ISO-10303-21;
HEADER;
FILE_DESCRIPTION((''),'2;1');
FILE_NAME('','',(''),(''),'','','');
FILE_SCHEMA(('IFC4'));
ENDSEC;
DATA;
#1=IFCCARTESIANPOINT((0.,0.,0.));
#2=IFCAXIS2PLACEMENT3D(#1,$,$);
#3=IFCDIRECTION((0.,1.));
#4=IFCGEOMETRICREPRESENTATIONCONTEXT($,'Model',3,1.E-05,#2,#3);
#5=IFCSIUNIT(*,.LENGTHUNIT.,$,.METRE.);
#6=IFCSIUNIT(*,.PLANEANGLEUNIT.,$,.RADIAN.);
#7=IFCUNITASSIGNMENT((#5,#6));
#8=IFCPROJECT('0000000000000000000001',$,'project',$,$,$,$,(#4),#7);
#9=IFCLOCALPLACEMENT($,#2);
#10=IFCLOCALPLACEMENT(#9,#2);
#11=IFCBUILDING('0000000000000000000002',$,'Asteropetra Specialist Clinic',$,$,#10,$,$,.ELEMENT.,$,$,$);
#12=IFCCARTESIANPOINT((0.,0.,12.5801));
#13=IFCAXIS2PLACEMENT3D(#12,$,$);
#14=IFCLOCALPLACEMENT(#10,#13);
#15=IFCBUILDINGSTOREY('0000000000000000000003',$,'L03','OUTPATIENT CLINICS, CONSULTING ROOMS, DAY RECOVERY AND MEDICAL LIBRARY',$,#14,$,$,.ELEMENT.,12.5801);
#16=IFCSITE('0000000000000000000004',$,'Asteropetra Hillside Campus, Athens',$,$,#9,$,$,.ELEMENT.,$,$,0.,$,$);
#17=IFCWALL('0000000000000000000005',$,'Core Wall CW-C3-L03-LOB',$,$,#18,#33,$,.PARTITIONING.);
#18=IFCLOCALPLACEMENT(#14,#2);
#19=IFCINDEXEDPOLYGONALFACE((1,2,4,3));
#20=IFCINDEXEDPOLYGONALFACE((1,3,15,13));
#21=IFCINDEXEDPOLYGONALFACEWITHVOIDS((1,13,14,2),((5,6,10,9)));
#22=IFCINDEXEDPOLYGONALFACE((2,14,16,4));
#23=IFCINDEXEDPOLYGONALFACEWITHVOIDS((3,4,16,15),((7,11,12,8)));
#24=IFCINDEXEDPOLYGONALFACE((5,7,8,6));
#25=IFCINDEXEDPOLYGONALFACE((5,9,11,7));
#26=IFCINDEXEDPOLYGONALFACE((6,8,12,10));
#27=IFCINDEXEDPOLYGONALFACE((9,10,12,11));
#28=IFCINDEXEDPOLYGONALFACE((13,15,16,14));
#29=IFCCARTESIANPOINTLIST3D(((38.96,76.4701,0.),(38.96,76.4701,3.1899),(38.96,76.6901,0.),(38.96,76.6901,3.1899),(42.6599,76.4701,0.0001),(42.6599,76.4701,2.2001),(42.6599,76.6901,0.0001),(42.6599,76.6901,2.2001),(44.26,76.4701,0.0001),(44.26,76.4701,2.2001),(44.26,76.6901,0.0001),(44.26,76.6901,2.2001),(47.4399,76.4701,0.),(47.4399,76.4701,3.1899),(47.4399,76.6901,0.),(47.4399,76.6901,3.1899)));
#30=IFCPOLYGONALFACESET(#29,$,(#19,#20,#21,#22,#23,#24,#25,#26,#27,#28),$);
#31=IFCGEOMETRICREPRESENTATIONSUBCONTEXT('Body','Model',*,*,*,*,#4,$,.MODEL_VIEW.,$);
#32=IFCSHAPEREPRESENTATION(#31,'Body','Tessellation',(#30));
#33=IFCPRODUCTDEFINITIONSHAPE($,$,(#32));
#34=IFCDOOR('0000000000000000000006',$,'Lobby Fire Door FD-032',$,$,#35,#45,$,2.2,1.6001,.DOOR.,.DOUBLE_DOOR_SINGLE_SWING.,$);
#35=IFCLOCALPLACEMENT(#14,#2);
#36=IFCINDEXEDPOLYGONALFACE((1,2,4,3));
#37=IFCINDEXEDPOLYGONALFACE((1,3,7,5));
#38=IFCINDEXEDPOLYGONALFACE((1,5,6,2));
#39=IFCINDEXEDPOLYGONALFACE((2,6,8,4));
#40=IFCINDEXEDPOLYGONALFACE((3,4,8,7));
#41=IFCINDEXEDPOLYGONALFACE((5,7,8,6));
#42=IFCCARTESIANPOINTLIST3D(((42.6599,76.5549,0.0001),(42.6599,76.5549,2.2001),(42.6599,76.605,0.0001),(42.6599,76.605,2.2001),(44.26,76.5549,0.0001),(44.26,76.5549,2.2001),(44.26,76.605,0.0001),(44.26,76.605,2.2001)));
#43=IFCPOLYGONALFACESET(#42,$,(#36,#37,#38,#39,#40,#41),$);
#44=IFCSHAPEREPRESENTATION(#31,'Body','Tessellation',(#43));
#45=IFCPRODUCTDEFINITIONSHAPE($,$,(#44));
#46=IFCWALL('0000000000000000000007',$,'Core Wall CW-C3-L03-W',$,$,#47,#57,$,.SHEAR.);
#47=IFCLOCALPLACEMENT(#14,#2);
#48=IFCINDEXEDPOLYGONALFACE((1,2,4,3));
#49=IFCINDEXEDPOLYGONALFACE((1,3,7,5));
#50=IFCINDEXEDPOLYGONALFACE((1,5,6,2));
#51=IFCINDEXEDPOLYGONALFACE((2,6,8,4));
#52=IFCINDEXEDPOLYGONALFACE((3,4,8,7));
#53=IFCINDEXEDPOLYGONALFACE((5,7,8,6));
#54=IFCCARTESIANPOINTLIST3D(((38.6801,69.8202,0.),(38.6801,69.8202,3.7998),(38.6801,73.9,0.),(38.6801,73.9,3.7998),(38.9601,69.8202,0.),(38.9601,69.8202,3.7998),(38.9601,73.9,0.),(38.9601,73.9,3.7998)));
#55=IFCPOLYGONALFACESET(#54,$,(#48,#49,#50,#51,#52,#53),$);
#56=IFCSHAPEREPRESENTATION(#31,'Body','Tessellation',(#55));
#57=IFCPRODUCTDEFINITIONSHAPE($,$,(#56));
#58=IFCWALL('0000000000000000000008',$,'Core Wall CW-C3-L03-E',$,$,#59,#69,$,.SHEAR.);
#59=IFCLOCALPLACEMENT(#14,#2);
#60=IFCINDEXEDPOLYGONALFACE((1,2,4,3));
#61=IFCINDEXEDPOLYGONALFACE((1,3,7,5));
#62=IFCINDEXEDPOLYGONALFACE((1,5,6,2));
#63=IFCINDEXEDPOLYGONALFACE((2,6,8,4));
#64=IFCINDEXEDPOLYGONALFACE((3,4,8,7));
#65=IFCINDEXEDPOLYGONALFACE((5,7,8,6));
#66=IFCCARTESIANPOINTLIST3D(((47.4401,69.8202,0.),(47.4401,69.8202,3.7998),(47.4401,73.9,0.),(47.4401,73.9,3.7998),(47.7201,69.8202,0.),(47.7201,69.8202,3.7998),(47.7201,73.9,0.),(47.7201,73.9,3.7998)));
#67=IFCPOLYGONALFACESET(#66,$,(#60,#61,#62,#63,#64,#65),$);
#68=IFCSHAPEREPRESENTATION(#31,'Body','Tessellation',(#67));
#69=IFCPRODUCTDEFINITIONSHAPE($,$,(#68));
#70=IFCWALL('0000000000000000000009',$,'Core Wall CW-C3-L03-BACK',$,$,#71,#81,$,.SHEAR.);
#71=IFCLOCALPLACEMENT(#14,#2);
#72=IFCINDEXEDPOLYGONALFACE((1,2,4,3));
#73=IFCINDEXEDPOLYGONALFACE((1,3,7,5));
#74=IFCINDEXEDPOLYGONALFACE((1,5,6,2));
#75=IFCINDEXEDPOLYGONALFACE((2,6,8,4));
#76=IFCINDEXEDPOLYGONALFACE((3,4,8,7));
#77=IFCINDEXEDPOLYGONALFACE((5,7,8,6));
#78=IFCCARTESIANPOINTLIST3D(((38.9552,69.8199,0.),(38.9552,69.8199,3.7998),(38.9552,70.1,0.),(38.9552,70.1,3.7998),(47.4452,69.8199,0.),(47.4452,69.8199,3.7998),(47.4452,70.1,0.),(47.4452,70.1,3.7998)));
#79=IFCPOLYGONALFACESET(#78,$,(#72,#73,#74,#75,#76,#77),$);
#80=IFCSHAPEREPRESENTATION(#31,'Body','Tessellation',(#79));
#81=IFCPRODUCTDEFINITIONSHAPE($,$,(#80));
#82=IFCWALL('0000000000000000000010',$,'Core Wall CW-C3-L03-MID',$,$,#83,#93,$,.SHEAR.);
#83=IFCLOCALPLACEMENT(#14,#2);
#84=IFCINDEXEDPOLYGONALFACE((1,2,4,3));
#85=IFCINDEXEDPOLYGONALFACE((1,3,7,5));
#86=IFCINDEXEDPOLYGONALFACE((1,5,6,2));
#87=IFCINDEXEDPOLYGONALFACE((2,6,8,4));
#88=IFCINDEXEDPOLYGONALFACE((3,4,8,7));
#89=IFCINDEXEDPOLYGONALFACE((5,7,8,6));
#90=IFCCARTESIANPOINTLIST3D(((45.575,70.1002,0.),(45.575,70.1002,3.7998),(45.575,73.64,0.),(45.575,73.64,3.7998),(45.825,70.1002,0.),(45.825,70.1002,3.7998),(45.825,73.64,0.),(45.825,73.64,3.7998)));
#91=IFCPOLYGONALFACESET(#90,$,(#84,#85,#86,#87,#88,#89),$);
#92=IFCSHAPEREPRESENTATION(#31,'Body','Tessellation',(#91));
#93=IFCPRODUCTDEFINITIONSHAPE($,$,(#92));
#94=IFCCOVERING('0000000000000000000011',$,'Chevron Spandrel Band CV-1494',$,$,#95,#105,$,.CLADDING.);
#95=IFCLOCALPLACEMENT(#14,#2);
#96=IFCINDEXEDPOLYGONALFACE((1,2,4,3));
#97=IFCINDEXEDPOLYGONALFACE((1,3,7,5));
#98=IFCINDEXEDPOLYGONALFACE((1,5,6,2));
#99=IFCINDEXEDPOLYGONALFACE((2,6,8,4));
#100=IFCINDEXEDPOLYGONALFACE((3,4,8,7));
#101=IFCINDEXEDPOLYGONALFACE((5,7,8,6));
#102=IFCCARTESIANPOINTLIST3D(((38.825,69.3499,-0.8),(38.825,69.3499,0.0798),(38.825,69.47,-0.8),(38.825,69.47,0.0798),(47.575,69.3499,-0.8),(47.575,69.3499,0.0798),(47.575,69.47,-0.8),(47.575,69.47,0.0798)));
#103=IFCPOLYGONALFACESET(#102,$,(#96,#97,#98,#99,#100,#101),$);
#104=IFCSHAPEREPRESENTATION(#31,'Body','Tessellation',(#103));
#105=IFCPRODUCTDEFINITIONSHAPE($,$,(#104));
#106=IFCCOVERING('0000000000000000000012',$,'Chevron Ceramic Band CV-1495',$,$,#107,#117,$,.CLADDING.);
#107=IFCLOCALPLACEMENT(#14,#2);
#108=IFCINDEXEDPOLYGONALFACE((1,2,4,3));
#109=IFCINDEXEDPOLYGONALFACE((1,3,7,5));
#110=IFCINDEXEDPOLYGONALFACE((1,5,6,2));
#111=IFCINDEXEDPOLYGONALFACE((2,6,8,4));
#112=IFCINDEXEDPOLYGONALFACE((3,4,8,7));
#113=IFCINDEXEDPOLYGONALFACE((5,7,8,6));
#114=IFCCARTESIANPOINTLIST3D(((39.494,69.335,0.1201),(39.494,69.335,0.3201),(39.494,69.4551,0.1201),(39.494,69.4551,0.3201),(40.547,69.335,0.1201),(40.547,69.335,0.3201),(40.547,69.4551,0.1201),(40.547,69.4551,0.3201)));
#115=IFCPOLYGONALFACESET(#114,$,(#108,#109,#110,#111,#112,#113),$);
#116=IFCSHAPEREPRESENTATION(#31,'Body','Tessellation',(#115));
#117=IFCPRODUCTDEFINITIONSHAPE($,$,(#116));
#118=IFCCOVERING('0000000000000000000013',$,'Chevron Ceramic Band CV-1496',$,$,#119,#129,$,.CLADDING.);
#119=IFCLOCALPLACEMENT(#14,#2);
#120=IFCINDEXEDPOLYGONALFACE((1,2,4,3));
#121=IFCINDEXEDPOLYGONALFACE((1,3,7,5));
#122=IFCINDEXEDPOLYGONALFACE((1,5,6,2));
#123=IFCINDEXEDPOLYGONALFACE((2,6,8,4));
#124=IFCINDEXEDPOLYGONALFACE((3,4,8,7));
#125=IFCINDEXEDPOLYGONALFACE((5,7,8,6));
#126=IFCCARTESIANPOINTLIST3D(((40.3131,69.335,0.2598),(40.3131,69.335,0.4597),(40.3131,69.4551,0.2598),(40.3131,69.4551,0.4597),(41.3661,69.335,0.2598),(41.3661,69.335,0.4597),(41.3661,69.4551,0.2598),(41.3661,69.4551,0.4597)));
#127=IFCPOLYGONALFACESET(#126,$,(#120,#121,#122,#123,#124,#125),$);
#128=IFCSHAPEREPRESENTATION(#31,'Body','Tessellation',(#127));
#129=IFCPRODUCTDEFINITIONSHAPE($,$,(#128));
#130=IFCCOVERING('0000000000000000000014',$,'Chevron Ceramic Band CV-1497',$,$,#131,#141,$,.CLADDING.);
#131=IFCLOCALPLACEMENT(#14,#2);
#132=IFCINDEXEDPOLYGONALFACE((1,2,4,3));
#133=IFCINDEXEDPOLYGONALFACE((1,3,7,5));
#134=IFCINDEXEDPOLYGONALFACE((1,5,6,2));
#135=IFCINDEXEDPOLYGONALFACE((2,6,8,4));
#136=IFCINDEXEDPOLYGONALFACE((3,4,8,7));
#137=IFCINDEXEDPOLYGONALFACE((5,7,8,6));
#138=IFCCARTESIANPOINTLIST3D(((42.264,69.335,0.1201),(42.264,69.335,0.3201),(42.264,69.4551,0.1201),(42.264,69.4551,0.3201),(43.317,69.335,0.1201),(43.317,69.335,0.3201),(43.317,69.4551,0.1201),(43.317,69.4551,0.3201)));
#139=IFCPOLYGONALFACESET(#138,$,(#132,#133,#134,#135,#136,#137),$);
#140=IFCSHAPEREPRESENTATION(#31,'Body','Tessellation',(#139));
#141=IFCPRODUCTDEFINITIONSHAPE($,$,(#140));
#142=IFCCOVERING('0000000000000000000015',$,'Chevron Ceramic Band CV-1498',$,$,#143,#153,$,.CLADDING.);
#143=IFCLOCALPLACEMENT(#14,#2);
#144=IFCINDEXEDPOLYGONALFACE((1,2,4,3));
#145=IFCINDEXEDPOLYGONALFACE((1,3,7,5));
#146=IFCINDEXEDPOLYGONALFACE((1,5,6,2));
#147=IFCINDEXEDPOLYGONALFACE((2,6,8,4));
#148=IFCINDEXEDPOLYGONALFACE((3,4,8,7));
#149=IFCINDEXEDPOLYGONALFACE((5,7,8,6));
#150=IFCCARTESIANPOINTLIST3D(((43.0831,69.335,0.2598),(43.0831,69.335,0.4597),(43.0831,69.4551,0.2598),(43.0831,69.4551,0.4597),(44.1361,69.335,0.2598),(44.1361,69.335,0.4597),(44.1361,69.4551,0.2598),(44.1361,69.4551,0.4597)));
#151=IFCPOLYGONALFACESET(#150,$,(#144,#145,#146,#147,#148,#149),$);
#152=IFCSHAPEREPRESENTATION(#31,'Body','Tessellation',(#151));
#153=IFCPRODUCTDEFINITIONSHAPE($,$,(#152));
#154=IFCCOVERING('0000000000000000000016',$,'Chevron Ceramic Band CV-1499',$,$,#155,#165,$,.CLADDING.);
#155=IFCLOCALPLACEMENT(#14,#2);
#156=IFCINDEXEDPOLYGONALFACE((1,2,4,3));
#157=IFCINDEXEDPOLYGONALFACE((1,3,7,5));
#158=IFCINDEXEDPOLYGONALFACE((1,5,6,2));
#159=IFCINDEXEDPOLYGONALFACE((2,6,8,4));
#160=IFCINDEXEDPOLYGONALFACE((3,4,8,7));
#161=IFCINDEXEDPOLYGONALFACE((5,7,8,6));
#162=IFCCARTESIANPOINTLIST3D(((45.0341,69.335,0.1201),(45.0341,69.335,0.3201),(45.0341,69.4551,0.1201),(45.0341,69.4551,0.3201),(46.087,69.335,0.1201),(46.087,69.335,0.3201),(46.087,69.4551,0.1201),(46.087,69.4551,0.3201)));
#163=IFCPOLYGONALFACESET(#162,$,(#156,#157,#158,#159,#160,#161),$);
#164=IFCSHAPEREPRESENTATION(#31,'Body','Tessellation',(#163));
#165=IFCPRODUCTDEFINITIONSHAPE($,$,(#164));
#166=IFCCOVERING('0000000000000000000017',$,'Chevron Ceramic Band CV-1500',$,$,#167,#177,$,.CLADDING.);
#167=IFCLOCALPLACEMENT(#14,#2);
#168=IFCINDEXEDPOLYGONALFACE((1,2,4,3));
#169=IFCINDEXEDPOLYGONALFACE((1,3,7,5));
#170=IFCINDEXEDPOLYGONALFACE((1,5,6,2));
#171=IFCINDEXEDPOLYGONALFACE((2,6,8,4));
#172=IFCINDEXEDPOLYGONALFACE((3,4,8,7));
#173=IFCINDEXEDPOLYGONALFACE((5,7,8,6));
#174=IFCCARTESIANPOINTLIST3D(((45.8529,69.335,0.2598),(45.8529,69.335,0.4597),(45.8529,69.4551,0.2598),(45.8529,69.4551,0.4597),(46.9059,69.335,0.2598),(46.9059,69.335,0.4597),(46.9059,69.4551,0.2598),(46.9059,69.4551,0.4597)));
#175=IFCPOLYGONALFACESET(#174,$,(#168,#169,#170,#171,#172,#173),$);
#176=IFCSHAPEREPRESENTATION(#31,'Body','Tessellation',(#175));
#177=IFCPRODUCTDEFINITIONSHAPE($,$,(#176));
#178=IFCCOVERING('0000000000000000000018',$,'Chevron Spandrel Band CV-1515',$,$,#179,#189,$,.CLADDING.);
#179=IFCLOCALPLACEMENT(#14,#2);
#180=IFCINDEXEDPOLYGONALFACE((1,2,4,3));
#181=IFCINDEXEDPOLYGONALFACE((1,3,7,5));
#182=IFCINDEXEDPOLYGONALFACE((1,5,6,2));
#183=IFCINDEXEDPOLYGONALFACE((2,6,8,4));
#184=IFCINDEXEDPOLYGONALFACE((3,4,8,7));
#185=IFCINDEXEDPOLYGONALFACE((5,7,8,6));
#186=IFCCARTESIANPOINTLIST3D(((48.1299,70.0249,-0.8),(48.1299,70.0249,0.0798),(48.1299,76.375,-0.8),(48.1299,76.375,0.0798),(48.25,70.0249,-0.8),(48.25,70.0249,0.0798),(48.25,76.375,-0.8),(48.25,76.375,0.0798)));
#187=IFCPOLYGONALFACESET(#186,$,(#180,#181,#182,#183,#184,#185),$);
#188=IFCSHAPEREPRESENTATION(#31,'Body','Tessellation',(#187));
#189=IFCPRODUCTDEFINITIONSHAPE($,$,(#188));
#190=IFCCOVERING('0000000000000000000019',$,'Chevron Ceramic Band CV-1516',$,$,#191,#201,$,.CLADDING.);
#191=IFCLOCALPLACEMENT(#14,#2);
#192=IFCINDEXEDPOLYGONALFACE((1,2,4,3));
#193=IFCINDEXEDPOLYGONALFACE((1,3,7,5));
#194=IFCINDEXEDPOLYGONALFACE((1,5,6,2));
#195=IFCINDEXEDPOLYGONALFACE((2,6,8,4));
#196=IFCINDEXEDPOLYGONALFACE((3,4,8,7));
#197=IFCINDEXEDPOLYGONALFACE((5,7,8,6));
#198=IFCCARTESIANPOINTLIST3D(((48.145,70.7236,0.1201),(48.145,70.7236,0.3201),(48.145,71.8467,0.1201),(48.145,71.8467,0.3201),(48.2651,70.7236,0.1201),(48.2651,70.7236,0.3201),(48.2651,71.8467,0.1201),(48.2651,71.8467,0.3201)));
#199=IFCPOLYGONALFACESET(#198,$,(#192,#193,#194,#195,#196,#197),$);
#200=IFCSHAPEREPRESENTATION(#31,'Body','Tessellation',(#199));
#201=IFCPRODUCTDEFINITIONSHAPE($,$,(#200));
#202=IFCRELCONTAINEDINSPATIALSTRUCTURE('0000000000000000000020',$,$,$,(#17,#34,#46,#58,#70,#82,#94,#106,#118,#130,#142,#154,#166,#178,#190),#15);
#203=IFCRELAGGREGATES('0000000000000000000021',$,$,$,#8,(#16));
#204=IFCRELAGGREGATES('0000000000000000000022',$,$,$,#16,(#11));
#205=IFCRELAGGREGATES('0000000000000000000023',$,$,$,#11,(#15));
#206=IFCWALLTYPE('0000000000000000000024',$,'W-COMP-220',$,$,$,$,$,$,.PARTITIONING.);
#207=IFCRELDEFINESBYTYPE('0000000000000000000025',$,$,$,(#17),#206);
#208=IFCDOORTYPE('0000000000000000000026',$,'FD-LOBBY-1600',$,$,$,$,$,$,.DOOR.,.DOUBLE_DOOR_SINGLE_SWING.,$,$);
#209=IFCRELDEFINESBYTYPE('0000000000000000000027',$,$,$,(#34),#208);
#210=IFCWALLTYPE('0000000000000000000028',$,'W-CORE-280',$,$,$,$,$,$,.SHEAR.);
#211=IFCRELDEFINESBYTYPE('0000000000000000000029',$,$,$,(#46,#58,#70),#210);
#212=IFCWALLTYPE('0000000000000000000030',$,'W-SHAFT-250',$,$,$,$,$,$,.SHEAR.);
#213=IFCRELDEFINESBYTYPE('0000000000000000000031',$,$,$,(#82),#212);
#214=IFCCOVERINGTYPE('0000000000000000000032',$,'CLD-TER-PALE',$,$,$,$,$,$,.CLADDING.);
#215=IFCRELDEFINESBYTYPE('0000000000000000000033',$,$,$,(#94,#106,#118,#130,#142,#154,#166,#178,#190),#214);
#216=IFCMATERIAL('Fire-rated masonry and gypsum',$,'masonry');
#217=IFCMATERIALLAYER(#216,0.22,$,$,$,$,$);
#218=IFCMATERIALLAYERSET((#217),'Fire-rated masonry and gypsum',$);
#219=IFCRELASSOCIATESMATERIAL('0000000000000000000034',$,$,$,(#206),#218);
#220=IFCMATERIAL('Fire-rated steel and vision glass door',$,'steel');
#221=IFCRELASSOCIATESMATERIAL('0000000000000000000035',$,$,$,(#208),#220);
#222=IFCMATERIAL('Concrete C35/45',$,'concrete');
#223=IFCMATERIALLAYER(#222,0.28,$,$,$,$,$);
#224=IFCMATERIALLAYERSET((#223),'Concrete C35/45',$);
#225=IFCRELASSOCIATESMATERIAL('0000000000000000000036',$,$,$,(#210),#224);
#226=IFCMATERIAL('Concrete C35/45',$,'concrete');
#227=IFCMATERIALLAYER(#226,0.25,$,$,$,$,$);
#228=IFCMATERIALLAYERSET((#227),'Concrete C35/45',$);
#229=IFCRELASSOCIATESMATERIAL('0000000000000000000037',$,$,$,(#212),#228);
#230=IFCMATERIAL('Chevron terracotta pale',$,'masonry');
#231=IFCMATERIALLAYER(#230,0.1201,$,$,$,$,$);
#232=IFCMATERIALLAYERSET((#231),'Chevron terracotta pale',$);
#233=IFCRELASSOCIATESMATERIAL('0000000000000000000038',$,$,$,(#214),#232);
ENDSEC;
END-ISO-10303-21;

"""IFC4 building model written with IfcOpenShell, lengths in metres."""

from ifc_helpers import new_model, si_unit, direction, frame, frame_2d, origin, origin_2d, place, context, subcontext, project, spatial, rectangle, extrude, material, layer, layer_set, type_object, element, fill, save


model = new_model("IFC4")

# Units and contexts
model_context = context("Model", 3, precision=1e-05, world=origin(), true_north=direction((0.0, 1.0)))
body_context = subcontext(model_context, "Body", "Model", "MODEL_VIEW")
ifc_project = project(units=[si_unit("LENGTHUNIT", "METRE"), si_unit("PLANEANGLEUNIT", "RADIAN")], contexts=[model_context])

# Site, building, storey
site_placement = place(None, origin())
site = spatial("IfcSite", under=ifc_project, at=site_placement, Name="Asteropetra Hillside Campus, Athens", CompositionType="ELEMENT", RefElevation=0.0)
building_placement = place(site_placement, origin())
building = spatial("IfcBuilding", under=site, at=building_placement, Name="Asteropetra Specialist Clinic", CompositionType="ELEMENT")
storey_placement = place(building_placement, frame((0.0, 0.0, 12.5801)))
storey = spatial("IfcBuildingStorey", under=building, at=storey_placement, Name="L03", Description="OUTPATIENT CLINICS, CONSULTING ROOMS, DAY RECOVERY AND MEDICAL LIBRARY", CompositionType="ELEMENT", Elevation=12.5801)

# Wall, opening, door
ifc_material_1 = material(Name="Fire-rated masonry and gypsum", Category="masonry")
ifc_layer_1 = layer(ifc_material_1, 0.22)
ifc_layer_set_1 = layer_set([ifc_layer_1], Name="Fire-rated masonry and gypsum")
wall_type_1 = type_object("IfcWallType", Name="W-COMP-220", PredefinedType="PARTITIONING", material=ifc_layer_set_1)
wall_1_placement = place(storey_placement, frame((38.96, 76.5801, 0.0), z_axis=(0.0, 0.0, 1.0), x_axis=(1.0, 0.0, 0.0)))
wall_1 = element("IfcWall", 1, at=wall_1_placement, inside=storey, type_object=wall_type_1, Name="Core Wall CW-C3-L03-LOB", PredefinedType="PARTITIONING", context=body_context, shape_type="SweptSolid", body=[
    extrude(rectangle(XDim=8.48, YDim=0.22, at=frame_2d((4.24, 0.0))), origin(), (0.0, 0.0, 1.0), 3.1899),
])
opening_1_placement = place(wall_1_placement, frame((3.7, 0.0, 0.0)))
opening_1 = element("IfcOpeningElement", 2, at=opening_1_placement, cuts=wall_1, PredefinedType="OPENING", context=body_context, shape_type="SweptSolid", body=[
    extrude(rectangle(XDim=1.6001, YDim=2.2, at=frame_2d((0.8, 1.1001))), frame((0.0, 0.1199, 0.0), z_axis=(0.0, -1.0, 0.0), x_axis=(1.0, 0.0, 0.0)), (0.0, 0.0, 1.0), 0.24),
])
ifc_material_2 = material(Name="Fire-rated steel and vision glass door", Category="steel")
door_type_1 = type_object("IfcDoorType", Name="FD-LOBBY-1600", OperationType="DOUBLE_DOOR_SINGLE_SWING", PredefinedType="DOOR", material=ifc_material_2)
door_1_placement = place(opening_1_placement, origin())
door_1 = element("IfcDoor", 3, at=door_1_placement, inside=storey, type_object=door_type_1, Name="Lobby Fire Door FD-032", OperationType="DOUBLE_DOOR_SINGLE_SWING", OverallHeight=2.2, OverallWidth=1.6001, PredefinedType="DOOR", context=body_context, shape_type="SweptSolid", body=[
    extrude(rectangle(XDim=1.6001, YDim=2.2, at=frame_2d((0.8, 1.1001))), frame((0.0, 0.0249, 0.0), z_axis=(0.0, -1.0, 0.0), x_axis=(1.0, 0.0, 0.0)), (0.0, 0.0, 1.0), 0.05),
])
fill(opening_1, door_1)

# Walls
ifc_material_3 = material(Name="Concrete C35/45", Category="concrete")
ifc_layer_2 = layer(ifc_material_3, 0.28)
ifc_layer_set_2 = layer_set([ifc_layer_2], Name="Concrete C35/45")
wall_type_2 = type_object("IfcWallType", Name="W-CORE-280", PredefinedType="SHEAR", material=ifc_layer_set_2)
for number, where, z_axis, x_axis, name in (
    (4, (38.8201, 69.8201, 0.0), (0.0, 0.0, 1.0), (0.0, 1.0, 0.0), "Core Wall CW-C3-L03-W"),
    (5, (47.5801, 69.8201, 0.0), (0.0, 0.0, 1.0), (0.0, 1.0, 0.0), "Core Wall CW-C3-L03-E"),
):
    element("IfcWall", number, at=place(storey_placement, frame(where, z_axis=z_axis, x_axis=x_axis)), inside=storey, type_object=wall_type_2, Name=name, PredefinedType="SHEAR", context=body_context, shape_type="SweptSolid", body=[
        extrude(rectangle(XDim=4.0798, YDim=0.28, at=frame_2d((2.04, 0.0))), origin(), (0.0, 0.0, 1.0), 3.7998),
    ])
wall_2_placement = place(storey_placement, frame((38.9551, 69.96, 0.0), z_axis=(0.0, 0.0, 1.0), x_axis=(1.0, 0.0, 0.0)))
element("IfcWall", 6, at=wall_2_placement, inside=storey, type_object=wall_type_2, Name="Core Wall CW-C3-L03-BACK", PredefinedType="SHEAR", context=body_context, shape_type="SweptSolid", body=[
    extrude(rectangle(XDim=8.49, YDim=0.28, at=frame_2d((4.2451, 0.0))), origin(), (0.0, 0.0, 1.0), 3.7998),
])
ifc_material_4 = material(Name="Concrete C35/45", Category="concrete")
ifc_layer_3 = layer(ifc_material_4, 0.25)
ifc_layer_set_3 = layer_set([ifc_layer_3], Name="Concrete C35/45")
wall_type_3 = type_object("IfcWallType", Name="W-SHAFT-250", PredefinedType="SHEAR", material=ifc_layer_set_3)
wall_3_placement = place(storey_placement, frame((45.7, 70.1001, 0.0), z_axis=(0.0, 0.0, 1.0), x_axis=(0.0, 1.0, 0.0)))
element("IfcWall", 7, at=wall_3_placement, inside=storey, type_object=wall_type_3, Name="Core Wall CW-C3-L03-MID", PredefinedType="SHEAR", context=body_context, shape_type="SweptSolid", body=[
    extrude(rectangle(XDim=3.5398, YDim=0.25, at=frame_2d((1.77, 0.0))), origin(), (0.0, 0.0, 1.0), 3.7998),
])

# Coverings
ifc_material_5 = material(Name="Chevron terracotta pale", Category="masonry")
ifc_layer_4 = layer(ifc_material_5, 0.1201)
ifc_layer_set_4 = layer_set([ifc_layer_4], Name="Chevron terracotta pale")
covering_type = type_object("IfcCoveringType", Name="CLD-TER-PALE", PredefinedType="CLADDING", material=ifc_layer_set_4)
covering_1_placement = place(storey_placement, frame((43.2, 69.4099, -0.8), z_axis=(0.0, 0.0, 1.0), x_axis=(1.0, 0.0, 0.0)))
element("IfcCovering", 8, at=covering_1_placement, inside=storey, type_object=covering_type, Name="Chevron Spandrel Band CV-1494", PredefinedType="CLADDING", context=body_context, shape_type="SweptSolid", body=[
    extrude(rectangle(XDim=8.75, YDim=0.1201, at=origin_2d()), origin(), (0.0, 0.0, 1.0), 0.8799),
])
for number, where, z_axis, x_axis, name in (
    (9, (40.0205, 69.395, 0.1201), (0.0, 0.0, 1.0), (1.0, 0.0, 0.0), "Chevron Ceramic Band CV-1495"),
    (10, (40.8396, 69.395, 0.2598), (0.0, 0.0, 1.0), (1.0, 0.0, 0.0), "Chevron Ceramic Band CV-1496"),
    (11, (42.7905, 69.395, 0.1201), (0.0, 0.0, 1.0), (1.0, 0.0, 0.0), "Chevron Ceramic Band CV-1497"),
    (12, (43.6096, 69.395, 0.2598), (0.0, 0.0, 1.0), (1.0, 0.0, 0.0), "Chevron Ceramic Band CV-1498"),
    (13, (45.5605, 69.395, 0.1201), (0.0, 0.0, 1.0), (1.0, 0.0, 0.0), "Chevron Ceramic Band CV-1499"),
    (14, (46.3794, 69.395, 0.2598), (0.0, 0.0, 1.0), (1.0, 0.0, 0.0), "Chevron Ceramic Band CV-1500"),
):
    element("IfcCovering", number, at=place(storey_placement, frame(where, z_axis=z_axis, x_axis=x_axis)), inside=storey, type_object=covering_type, Name=name, PredefinedType="CLADDING", context=body_context, shape_type="SweptSolid", body=[
        extrude(rectangle(XDim=1.053, YDim=0.1201, at=origin_2d()), origin(), (0.0, 0.0, 1.0), 0.2),
    ])
covering_2_placement = place(storey_placement, frame((48.1899, 73.2, -0.8), z_axis=(0.0, 0.0, 1.0), x_axis=(1.0, 0.0, 0.0)))
element("IfcCovering", 15, at=covering_2_placement, inside=storey, type_object=covering_type, Name="Chevron Spandrel Band CV-1515", PredefinedType="CLADDING", context=body_context, shape_type="SweptSolid", body=[
    extrude(rectangle(XDim=0.1201, YDim=6.3501, at=origin_2d()), origin(), (0.0, 0.0, 1.0), 0.8799),
])
for number, where, z_axis, x_axis, name in (
    (16, (48.2051, 71.2852, 0.1201), (0.0, 0.0, 1.0), (1.0, 0.0, 0.0), "Chevron Ceramic Band CV-1516"),
):
    element("IfcCovering", number, at=place(storey_placement, frame(where, z_axis=z_axis, x_axis=x_axis)), inside=storey, type_object=covering_type, Name=name, PredefinedType="CLADDING", context=body_context, shape_type="SweptSolid", body=[
        extrude(rectangle(XDim=0.1201, YDim=1.123, at=origin_2d()), origin(), (0.0, 0.0, 1.0), 0.2),
    ])

save(model, "model.ifc")
